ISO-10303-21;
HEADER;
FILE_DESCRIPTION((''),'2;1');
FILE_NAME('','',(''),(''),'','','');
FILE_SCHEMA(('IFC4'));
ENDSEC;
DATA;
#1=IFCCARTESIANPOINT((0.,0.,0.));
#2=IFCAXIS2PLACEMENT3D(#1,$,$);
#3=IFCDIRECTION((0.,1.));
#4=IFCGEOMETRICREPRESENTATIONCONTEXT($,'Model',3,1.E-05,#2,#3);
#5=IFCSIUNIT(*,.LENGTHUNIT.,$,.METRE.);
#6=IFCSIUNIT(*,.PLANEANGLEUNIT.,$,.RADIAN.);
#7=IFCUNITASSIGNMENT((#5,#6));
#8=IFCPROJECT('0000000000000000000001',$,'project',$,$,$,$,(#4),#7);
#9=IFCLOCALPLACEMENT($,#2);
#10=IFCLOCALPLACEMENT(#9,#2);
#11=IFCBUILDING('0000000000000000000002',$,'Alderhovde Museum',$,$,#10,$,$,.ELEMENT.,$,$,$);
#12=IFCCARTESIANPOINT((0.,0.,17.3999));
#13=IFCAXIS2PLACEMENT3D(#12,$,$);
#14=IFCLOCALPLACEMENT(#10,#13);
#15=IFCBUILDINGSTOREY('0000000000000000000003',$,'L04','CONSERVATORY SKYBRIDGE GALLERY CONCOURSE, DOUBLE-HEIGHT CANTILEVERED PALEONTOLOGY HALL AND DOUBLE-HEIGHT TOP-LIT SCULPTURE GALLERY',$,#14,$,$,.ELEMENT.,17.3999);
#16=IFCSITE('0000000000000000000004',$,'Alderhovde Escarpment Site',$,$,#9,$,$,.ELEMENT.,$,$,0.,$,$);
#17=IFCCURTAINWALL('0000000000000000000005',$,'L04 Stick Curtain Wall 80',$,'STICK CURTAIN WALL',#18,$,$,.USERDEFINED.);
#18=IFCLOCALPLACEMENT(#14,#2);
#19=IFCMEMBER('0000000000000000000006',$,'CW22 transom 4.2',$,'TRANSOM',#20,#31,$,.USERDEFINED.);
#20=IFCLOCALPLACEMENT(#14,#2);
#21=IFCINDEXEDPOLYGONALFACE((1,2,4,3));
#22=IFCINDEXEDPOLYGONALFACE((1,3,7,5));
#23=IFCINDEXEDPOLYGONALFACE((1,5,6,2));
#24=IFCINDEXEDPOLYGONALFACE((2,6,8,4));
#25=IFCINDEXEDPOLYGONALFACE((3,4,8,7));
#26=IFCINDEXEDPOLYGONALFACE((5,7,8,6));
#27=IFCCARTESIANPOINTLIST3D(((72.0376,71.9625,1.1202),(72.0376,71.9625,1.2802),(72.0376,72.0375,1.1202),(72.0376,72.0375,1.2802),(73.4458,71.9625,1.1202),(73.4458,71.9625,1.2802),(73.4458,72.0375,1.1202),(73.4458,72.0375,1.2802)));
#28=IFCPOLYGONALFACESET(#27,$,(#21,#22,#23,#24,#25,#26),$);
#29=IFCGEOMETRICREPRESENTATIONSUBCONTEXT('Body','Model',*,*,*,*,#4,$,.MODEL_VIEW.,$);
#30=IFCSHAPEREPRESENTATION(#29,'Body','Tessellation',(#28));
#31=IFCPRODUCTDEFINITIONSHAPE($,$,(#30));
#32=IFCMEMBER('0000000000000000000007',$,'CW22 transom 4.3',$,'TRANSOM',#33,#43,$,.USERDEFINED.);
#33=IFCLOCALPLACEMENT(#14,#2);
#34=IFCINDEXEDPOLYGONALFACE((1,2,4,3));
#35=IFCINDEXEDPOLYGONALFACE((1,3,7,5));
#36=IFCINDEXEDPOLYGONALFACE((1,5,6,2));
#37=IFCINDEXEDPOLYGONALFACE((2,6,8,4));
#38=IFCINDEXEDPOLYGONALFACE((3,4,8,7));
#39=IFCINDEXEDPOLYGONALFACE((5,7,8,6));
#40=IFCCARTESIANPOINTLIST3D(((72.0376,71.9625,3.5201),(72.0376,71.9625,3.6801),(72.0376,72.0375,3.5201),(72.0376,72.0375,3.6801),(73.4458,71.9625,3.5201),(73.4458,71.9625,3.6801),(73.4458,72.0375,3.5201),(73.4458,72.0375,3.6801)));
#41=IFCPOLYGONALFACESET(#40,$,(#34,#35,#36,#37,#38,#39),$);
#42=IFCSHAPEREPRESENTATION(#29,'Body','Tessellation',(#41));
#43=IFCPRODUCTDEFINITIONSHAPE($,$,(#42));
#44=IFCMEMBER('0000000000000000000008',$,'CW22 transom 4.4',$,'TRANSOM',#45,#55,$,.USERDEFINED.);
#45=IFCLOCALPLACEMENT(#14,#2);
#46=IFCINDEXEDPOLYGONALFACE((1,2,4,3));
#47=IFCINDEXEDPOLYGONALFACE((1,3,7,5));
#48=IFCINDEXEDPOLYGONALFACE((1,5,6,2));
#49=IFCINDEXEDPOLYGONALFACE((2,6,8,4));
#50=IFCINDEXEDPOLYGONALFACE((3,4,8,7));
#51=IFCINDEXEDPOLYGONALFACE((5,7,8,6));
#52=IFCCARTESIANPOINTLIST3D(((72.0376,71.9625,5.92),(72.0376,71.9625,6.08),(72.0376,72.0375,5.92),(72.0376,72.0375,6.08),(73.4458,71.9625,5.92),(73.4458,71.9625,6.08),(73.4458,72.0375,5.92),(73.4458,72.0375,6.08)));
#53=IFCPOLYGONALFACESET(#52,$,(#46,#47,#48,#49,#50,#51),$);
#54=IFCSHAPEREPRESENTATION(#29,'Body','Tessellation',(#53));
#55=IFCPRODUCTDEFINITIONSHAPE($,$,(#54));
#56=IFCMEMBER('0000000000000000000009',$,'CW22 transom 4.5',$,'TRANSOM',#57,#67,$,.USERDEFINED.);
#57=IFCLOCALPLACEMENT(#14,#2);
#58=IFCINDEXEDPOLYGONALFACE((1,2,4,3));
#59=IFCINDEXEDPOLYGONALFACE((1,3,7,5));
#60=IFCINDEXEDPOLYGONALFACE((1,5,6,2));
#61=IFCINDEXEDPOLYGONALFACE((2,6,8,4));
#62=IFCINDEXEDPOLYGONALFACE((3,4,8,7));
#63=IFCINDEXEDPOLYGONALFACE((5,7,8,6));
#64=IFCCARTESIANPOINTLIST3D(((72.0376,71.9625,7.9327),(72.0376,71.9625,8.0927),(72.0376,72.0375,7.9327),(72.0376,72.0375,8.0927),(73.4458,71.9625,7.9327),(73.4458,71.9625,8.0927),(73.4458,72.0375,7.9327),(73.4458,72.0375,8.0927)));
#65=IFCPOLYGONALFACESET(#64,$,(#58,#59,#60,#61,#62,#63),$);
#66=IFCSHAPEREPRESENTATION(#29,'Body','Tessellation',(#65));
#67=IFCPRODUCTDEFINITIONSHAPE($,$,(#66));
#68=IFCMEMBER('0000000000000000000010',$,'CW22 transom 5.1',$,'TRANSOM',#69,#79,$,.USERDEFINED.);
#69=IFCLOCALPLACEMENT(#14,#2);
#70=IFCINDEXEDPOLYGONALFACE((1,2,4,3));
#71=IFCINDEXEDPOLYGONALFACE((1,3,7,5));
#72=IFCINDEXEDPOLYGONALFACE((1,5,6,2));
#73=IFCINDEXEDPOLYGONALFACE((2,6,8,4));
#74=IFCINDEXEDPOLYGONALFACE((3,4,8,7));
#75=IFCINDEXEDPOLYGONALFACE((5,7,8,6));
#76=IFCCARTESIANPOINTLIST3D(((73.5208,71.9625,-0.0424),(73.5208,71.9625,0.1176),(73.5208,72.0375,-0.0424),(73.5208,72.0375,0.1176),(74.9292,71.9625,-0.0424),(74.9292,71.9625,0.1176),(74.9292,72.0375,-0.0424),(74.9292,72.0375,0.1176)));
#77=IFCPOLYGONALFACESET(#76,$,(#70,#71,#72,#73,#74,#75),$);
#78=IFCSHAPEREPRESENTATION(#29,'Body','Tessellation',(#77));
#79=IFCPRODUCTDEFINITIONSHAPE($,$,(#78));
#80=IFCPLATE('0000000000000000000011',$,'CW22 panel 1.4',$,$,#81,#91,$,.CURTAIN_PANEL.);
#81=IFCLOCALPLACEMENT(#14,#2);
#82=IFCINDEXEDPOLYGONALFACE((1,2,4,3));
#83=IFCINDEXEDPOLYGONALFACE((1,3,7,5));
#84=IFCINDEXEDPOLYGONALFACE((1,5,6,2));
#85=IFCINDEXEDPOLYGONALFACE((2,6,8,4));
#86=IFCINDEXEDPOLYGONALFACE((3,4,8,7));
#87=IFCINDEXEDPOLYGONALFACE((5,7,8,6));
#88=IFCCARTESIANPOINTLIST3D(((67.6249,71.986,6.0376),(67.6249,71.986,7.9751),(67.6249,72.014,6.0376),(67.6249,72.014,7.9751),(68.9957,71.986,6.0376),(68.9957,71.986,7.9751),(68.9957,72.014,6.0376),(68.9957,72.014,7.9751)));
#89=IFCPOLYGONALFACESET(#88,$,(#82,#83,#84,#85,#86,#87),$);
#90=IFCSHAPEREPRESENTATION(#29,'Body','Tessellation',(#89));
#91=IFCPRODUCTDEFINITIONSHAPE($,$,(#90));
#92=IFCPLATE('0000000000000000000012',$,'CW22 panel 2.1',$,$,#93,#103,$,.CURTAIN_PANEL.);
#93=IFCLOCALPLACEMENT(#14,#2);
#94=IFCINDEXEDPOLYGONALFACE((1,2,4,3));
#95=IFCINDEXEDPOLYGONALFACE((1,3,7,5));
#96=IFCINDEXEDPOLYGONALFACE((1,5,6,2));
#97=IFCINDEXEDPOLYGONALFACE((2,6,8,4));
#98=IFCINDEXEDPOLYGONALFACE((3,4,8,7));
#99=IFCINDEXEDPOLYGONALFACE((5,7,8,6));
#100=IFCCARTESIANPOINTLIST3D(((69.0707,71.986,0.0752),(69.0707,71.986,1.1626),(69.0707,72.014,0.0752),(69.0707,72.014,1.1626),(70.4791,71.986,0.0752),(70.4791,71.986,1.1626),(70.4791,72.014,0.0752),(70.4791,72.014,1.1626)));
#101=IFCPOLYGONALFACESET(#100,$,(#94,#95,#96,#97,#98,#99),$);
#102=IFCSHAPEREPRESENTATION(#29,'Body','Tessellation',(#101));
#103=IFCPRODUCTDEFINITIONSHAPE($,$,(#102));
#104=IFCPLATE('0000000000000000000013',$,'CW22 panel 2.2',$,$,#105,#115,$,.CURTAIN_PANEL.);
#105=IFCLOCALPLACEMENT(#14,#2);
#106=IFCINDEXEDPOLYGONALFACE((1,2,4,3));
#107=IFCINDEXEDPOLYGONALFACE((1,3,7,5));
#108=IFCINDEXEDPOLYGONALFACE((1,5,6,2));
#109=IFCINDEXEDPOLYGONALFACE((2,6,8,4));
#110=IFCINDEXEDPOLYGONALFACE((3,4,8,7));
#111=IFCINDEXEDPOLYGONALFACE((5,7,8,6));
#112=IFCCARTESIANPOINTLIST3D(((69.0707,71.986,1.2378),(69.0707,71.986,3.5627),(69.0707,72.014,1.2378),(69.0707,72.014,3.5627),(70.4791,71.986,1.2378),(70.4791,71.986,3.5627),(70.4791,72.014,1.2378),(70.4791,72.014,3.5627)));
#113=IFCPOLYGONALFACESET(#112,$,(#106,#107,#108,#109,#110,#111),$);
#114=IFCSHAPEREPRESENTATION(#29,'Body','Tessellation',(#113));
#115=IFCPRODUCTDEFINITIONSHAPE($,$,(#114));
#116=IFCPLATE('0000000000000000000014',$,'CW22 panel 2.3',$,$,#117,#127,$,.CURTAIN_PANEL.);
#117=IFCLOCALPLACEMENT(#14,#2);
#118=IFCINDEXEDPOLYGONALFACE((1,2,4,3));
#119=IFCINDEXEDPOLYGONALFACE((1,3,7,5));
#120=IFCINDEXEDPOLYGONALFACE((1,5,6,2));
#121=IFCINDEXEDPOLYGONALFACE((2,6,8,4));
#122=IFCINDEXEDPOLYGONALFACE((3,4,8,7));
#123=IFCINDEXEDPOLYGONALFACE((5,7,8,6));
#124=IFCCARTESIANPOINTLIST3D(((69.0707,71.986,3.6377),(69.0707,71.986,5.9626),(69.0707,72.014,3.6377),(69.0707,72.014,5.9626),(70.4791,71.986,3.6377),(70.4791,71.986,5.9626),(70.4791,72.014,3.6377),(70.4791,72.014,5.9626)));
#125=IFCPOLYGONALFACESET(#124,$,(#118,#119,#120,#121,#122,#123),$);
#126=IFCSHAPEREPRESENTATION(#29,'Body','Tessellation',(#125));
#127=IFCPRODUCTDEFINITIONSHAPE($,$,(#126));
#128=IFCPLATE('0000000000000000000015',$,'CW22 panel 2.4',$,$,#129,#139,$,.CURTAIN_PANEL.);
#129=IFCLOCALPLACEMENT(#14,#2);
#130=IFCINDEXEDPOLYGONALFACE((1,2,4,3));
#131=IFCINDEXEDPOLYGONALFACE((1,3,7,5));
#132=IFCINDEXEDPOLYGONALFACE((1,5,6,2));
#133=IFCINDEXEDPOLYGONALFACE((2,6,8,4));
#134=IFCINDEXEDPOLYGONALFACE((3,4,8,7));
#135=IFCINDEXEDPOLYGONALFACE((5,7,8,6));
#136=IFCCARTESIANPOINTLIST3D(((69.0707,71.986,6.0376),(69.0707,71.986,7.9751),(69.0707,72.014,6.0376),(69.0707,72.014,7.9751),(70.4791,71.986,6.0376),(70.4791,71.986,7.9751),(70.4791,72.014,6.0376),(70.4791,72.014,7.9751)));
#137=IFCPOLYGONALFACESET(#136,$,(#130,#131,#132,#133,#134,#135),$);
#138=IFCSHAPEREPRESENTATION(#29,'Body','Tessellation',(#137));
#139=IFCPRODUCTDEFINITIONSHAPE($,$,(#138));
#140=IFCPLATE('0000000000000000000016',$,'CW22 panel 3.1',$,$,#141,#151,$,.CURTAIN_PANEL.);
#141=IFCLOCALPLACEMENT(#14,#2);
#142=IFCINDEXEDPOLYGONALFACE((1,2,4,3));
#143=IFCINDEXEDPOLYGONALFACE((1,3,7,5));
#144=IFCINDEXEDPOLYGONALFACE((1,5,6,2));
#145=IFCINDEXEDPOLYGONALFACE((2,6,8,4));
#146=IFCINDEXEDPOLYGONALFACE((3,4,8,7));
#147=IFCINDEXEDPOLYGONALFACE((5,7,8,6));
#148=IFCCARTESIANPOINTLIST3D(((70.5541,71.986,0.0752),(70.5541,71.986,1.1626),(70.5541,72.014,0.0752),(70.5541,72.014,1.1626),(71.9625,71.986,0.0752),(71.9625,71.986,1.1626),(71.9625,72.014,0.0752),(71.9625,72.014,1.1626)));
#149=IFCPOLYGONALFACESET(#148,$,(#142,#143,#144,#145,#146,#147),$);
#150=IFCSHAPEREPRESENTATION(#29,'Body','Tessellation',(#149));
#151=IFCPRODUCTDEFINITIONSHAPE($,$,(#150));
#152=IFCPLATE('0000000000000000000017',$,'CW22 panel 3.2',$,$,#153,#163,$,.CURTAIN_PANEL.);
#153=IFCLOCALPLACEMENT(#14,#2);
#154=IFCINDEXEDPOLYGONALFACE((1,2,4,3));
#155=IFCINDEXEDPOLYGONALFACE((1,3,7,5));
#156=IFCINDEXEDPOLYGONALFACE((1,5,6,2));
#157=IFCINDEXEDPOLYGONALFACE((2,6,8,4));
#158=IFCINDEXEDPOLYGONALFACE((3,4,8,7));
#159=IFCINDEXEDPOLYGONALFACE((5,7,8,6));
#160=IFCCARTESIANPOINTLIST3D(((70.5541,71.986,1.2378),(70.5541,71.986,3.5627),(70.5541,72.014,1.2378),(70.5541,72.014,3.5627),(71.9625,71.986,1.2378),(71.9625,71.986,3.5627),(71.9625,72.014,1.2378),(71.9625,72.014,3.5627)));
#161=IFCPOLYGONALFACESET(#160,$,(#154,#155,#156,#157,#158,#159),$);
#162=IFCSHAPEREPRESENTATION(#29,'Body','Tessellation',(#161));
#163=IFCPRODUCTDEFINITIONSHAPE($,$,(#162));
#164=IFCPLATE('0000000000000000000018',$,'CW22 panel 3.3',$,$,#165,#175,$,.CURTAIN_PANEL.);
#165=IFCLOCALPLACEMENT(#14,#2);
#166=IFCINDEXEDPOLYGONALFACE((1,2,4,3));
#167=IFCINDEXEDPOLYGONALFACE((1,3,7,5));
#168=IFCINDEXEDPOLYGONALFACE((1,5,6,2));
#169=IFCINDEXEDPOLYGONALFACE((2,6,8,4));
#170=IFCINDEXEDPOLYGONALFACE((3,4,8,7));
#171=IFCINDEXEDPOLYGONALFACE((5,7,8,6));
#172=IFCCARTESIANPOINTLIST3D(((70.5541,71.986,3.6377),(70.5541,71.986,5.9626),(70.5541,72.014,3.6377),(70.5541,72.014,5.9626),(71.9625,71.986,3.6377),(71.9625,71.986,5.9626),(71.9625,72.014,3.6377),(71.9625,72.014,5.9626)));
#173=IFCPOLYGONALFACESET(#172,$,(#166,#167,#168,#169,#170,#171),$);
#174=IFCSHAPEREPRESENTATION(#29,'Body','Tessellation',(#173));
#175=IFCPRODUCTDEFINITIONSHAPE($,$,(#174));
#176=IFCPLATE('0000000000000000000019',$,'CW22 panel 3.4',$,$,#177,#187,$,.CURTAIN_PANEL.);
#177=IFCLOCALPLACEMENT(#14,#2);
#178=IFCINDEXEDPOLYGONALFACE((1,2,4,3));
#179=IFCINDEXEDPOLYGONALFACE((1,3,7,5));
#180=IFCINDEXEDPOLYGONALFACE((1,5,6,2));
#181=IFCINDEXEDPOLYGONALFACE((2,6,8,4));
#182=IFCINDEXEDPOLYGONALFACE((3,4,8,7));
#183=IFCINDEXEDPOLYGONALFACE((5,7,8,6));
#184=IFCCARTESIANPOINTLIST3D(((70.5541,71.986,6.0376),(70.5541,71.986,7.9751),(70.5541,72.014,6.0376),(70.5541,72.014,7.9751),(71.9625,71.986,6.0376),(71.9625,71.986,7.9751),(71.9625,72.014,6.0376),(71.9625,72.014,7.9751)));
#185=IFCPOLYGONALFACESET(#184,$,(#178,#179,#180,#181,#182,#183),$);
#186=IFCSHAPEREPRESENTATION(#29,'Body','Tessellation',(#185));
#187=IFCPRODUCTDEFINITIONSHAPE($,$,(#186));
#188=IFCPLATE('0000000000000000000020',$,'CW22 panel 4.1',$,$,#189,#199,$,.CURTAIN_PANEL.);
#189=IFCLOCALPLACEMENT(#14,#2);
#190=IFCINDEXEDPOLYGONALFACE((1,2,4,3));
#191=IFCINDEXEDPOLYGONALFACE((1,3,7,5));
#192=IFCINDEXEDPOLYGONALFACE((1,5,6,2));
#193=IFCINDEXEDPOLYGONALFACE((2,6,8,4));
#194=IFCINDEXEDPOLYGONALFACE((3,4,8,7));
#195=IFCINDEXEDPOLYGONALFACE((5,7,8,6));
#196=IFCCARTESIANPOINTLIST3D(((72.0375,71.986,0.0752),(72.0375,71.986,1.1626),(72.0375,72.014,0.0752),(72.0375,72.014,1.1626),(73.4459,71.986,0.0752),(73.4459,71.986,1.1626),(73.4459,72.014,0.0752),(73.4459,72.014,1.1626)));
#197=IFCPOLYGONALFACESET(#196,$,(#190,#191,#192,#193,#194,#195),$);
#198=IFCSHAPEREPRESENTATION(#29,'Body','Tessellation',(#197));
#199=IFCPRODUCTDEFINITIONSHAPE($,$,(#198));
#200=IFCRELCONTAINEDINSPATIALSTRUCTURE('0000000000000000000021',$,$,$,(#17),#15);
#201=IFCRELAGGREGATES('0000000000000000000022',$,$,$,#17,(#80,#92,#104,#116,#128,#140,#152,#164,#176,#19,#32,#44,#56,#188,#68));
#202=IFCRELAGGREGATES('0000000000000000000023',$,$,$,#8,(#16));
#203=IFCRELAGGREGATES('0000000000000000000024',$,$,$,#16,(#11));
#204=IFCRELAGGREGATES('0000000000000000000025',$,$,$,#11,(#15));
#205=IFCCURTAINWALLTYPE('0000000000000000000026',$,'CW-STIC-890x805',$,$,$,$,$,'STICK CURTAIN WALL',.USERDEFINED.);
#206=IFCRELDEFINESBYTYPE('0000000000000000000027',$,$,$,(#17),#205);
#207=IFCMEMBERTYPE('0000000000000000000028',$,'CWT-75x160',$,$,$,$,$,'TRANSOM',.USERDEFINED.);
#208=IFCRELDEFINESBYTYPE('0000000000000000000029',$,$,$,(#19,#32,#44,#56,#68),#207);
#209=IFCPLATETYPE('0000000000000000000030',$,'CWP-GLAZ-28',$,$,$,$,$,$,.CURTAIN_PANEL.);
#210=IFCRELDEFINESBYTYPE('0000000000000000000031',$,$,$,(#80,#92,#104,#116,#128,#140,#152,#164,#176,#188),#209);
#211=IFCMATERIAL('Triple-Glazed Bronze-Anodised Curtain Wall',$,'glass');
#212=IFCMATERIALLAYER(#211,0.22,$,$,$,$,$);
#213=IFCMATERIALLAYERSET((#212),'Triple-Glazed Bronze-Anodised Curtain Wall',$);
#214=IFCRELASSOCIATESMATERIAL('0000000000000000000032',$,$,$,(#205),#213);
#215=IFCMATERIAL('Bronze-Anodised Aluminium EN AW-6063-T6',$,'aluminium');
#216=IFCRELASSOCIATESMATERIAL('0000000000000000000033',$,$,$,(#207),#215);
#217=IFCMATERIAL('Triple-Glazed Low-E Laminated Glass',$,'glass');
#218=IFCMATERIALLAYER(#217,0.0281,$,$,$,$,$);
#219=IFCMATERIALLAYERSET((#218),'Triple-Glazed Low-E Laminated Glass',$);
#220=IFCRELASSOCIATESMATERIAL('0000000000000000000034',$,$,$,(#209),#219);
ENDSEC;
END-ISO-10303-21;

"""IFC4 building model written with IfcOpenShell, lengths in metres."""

from ifc_helpers import new_model, si_unit, direction, frame, origin, origin_2d, place, context, subcontext, project, spatial, rectangle, extrude, material, layer, layer_set, material_profile, profile_set, type_object, element, aggregate, save


model = new_model("IFC4")

# Units and contexts
model_context = context("Model", 3, precision=1e-05, world=origin(), true_north=direction((0.0, 1.0)))
body_context = subcontext(model_context, "Body", "Model", "MODEL_VIEW")
ifc_project = project(units=[si_unit("LENGTHUNIT", "METRE"), si_unit("PLANEANGLEUNIT", "RADIAN")], contexts=[model_context])

# Site, building, storey
site_placement = place(None, origin())
site = spatial("IfcSite", under=ifc_project, at=site_placement, Name="Alderhovde Escarpment Site", CompositionType="ELEMENT", RefElevation=0.0)
building_placement = place(site_placement, origin())
building = spatial("IfcBuilding", under=site, at=building_placement, Name="Alderhovde Museum", CompositionType="ELEMENT")
storey_placement = place(building_placement, frame((0.0, 0.0, 17.3999)))
storey = spatial("IfcBuildingStorey", under=building, at=storey_placement, Name="L04", Description="CONSERVATORY SKYBRIDGE GALLERY CONCOURSE, DOUBLE-HEIGHT CANTILEVERED PALEONTOLOGY HALL AND DOUBLE-HEIGHT TOP-LIT SCULPTURE GALLERY", CompositionType="ELEMENT", Elevation=17.3999)

# Curtain wall, members, plates
ifc_material_1 = material(Name="Triple-Glazed Bronze-Anodised Curtain Wall", Category="glass")
ifc_layer_1 = layer(ifc_material_1, 0.22)
ifc_layer_set_1 = layer_set([ifc_layer_1], Name="Triple-Glazed Bronze-Anodised Curtain Wall")
curtain_wall_type = type_object("IfcCurtainWallType", Name="CW-STIC-890x805", ElementType="STICK CURTAIN WALL", PredefinedType="USERDEFINED", material=ifc_layer_set_1)
curtain_wall_placement = place(storey_placement, origin())
curtain_wall = element("IfcCurtainWall", 1, at=curtain_wall_placement, inside=storey, type_object=curtain_wall_type, Name="L04 Stick Curtain Wall 80", ObjectType="STICK CURTAIN WALL", PredefinedType="USERDEFINED")
ifc_material_2 = material(Name="Bronze-Anodised Aluminium EN AW-6063-T6", Category="aluminium")
ifc_material_profile_1 = material_profile(ifc_material_2, rectangle(XDim=0.075, YDim=0.1599, at=origin_2d()), Name="TRANSOM 75x160")
ifc_profile_set_1 = profile_set([ifc_material_profile_1], Name="Bronze-Anodised Aluminium EN AW-6063-T6")
member_type_1 = type_object("IfcMemberType", Name="CWT-75x160", ElementType="TRANSOM", PredefinedType="USERDEFINED", material=ifc_profile_set_1)
member_1_placement = place(storey_placement, frame((72.0376, 72.0, 1.2002), z_axis=(1.0, 0.0, 0.0), x_axis=(0.0, 1.0, 0.0)))
member_1 = element("IfcMember", 2, at=member_1_placement, type_object=member_type_1, Name="CW22 transom 4.2", ObjectType="TRANSOM", PredefinedType="USERDEFINED", context=body_context, shape_type="SweptSolid", body=[
    extrude(rectangle(XDim=0.075, YDim=0.1599, at=origin_2d()), origin(), (0.0, 0.0, 1.0), 1.4082),
])
member_2_placement = place(storey_placement, frame((72.0376, 72.0, 3.6001), z_axis=(1.0, 0.0, 0.0), x_axis=(0.0, 1.0, 0.0)))
member_2 = element("IfcMember", 3, at=member_2_placement, type_object=member_type_1, Name="CW22 transom 4.3", ObjectType="TRANSOM", PredefinedType="USERDEFINED", context=body_context, shape_type="SweptSolid", body=[
    extrude(rectangle(XDim=0.075, YDim=0.1599, at=origin_2d()), origin(), (0.0, 0.0, 1.0), 1.4082),
])
member_3_placement = place(storey_placement, frame((72.0376, 72.0, 6.0), z_axis=(1.0, 0.0, 0.0), x_axis=(0.0, 1.0, 0.0)))
member_3 = element("IfcMember", 4, at=member_3_placement, type_object=member_type_1, Name="CW22 transom 4.4", ObjectType="TRANSOM", PredefinedType="USERDEFINED", context=body_context, shape_type="SweptSolid", body=[
    extrude(rectangle(XDim=0.075, YDim=0.1599, at=origin_2d()), origin(), (0.0, 0.0, 1.0), 1.4082),
])
member_4_placement = place(storey_placement, frame((72.0376, 72.0, 8.0127), z_axis=(1.0, 0.0, 0.0), x_axis=(0.0, 1.0, 0.0)))
member_4 = element("IfcMember", 5, at=member_4_placement, type_object=member_type_1, Name="CW22 transom 4.5", ObjectType="TRANSOM", PredefinedType="USERDEFINED", context=body_context, shape_type="SweptSolid", body=[
    extrude(rectangle(XDim=0.075, YDim=0.1599, at=origin_2d()), origin(), (0.0, 0.0, 1.0), 1.4082),
])
member_5_placement = place(storey_placement, frame((73.5208, 72.0, 0.0376), z_axis=(1.0, 0.0, 0.0), x_axis=(0.0, 1.0, 0.0)))
member_5 = element("IfcMember", 6, at=member_5_placement, type_object=member_type_1, Name="CW22 transom 5.1", ObjectType="TRANSOM", PredefinedType="USERDEFINED", context=body_context, shape_type="SweptSolid", body=[
    extrude(rectangle(XDim=0.075, YDim=0.1599, at=origin_2d()), origin(), (0.0, 0.0, 1.0), 1.4084),
])
ifc_material_3 = material(Name="Triple-Glazed Low-E Laminated Glass", Category="glass")
ifc_layer_2 = layer(ifc_material_3, 0.0281)
ifc_layer_set_2 = layer_set([ifc_layer_2], Name="Triple-Glazed Low-E Laminated Glass")
plate_type = type_object("IfcPlateType", Name="CWP-GLAZ-28", PredefinedType="CURTAIN_PANEL", material=ifc_layer_set_2)
plate_1_placement = place(storey_placement, frame((68.3103, 72.0, 6.0376), z_axis=(0.0, 0.0, 1.0), x_axis=(1.0, 0.0, 0.0)))
plate_1 = element("IfcPlate", 7, at=plate_1_placement, type_object=plate_type, Name="CW22 panel 1.4", PredefinedType="CURTAIN_PANEL", context=body_context, shape_type="SweptSolid", body=[
    extrude(rectangle(XDim=1.3708, YDim=0.0281, at=origin_2d()), origin(), (0.0, 0.0, 1.0), 1.9375),
])
plate_2_placement = place(storey_placement, frame((69.7749, 72.0, 0.0752), z_axis=(0.0, 0.0, 1.0), x_axis=(1.0, 0.0, 0.0)))
plate_2 = element("IfcPlate", 8, at=plate_2_placement, type_object=plate_type, Name="CW22 panel 2.1", PredefinedType="CURTAIN_PANEL", context=body_context, shape_type="SweptSolid", body=[
    extrude(rectangle(XDim=1.4084, YDim=0.0281, at=origin_2d()), origin(), (0.0, 0.0, 1.0), 1.0874),
])
plate_3_placement = place(storey_placement, frame((69.7749, 72.0, 1.2378), z_axis=(0.0, 0.0, 1.0), x_axis=(1.0, 0.0, 0.0)))
plate_3 = element("IfcPlate", 9, at=plate_3_placement, type_object=plate_type, Name="CW22 panel 2.2", PredefinedType="CURTAIN_PANEL", context=body_context, shape_type="SweptSolid", body=[
    extrude(rectangle(XDim=1.4084, YDim=0.0281, at=origin_2d()), origin(), (0.0, 0.0, 1.0), 2.325),
])
plate_4_placement = place(storey_placement, frame((69.7749, 72.0, 3.6377), z_axis=(0.0, 0.0, 1.0), x_axis=(1.0, 0.0, 0.0)))
plate_4 = element("IfcPlate", 10, at=plate_4_placement, type_object=plate_type, Name="CW22 panel 2.3", PredefinedType="CURTAIN_PANEL", context=body_context, shape_type="SweptSolid", body=[
    extrude(rectangle(XDim=1.4084, YDim=0.0281, at=origin_2d()), origin(), (0.0, 0.0, 1.0), 2.325),
])
plate_5_placement = place(storey_placement, frame((69.7749, 72.0, 6.0376), z_axis=(0.0, 0.0, 1.0), x_axis=(1.0, 0.0, 0.0)))
plate_5 = element("IfcPlate", 11, at=plate_5_placement, type_object=plate_type, Name="CW22 panel 2.4", PredefinedType="CURTAIN_PANEL", context=body_context, shape_type="SweptSolid", body=[
    extrude(rectangle(XDim=1.4084, YDim=0.0281, at=origin_2d()), origin(), (0.0, 0.0, 1.0), 1.9375),
])
plate_6_placement = place(storey_placement, frame((71.2583, 72.0, 0.0752), z_axis=(0.0, 0.0, 1.0), x_axis=(1.0, 0.0, 0.0)))
plate_6 = element("IfcPlate", 12, at=plate_6_placement, type_object=plate_type, Name="CW22 panel 3.1", PredefinedType="CURTAIN_PANEL", context=body_context, shape_type="SweptSolid", body=[
    extrude(rectangle(XDim=1.4084, YDim=0.0281, at=origin_2d()), origin(), (0.0, 0.0, 1.0), 1.0874),
])
plate_7_placement = place(storey_placement, frame((71.2583, 72.0, 1.2378), z_axis=(0.0, 0.0, 1.0), x_axis=(1.0, 0.0, 0.0)))
plate_7 = element("IfcPlate", 13, at=plate_7_placement, type_object=plate_type, Name="CW22 panel 3.2", PredefinedType="CURTAIN_PANEL", context=body_context, shape_type="SweptSolid", body=[
    extrude(rectangle(XDim=1.4084, YDim=0.0281, at=origin_2d()), origin(), (0.0, 0.0, 1.0), 2.325),
])
plate_8_placement = place(storey_placement, frame((71.2583, 72.0, 3.6377), z_axis=(0.0, 0.0, 1.0), x_axis=(1.0, 0.0, 0.0)))
plate_8 = element("IfcPlate", 14, at=plate_8_placement, type_object=plate_type, Name="CW22 panel 3.3", PredefinedType="CURTAIN_PANEL", context=body_context, shape_type="SweptSolid", body=[
    extrude(rectangle(XDim=1.4084, YDim=0.0281, at=origin_2d()), origin(), (0.0, 0.0, 1.0), 2.325),
])
plate_9_placement = place(storey_placement, frame((71.2583, 72.0, 6.0376), z_axis=(0.0, 0.0, 1.0), x_axis=(1.0, 0.0, 0.0)))
plate_9 = element("IfcPlate", 15, at=plate_9_placement, type_object=plate_type, Name="CW22 panel 3.4", PredefinedType="CURTAIN_PANEL", context=body_context, shape_type="SweptSolid", body=[
    extrude(rectangle(XDim=1.4084, YDim=0.0281, at=origin_2d()), origin(), (0.0, 0.0, 1.0), 1.9375),
])
plate_10_placement = place(storey_placement, frame((72.7417, 72.0, 0.0752), z_axis=(0.0, 0.0, 1.0), x_axis=(1.0, 0.0, 0.0)))
plate_10 = element("IfcPlate", 16, at=plate_10_placement, type_object=plate_type, Name="CW22 panel 4.1", PredefinedType="CURTAIN_PANEL", context=body_context, shape_type="SweptSolid", body=[
    extrude(rectangle(XDim=1.4084, YDim=0.0281, at=origin_2d()), origin(), (0.0, 0.0, 1.0), 1.0874),
])
aggregate(curtain_wall, [plate_1, plate_2, plate_3, plate_4, plate_5, plate_6, plate_7, plate_8, plate_9, member_1, member_2, member_3, member_4, plate_10, member_5])

save(model, "model.ifc")
